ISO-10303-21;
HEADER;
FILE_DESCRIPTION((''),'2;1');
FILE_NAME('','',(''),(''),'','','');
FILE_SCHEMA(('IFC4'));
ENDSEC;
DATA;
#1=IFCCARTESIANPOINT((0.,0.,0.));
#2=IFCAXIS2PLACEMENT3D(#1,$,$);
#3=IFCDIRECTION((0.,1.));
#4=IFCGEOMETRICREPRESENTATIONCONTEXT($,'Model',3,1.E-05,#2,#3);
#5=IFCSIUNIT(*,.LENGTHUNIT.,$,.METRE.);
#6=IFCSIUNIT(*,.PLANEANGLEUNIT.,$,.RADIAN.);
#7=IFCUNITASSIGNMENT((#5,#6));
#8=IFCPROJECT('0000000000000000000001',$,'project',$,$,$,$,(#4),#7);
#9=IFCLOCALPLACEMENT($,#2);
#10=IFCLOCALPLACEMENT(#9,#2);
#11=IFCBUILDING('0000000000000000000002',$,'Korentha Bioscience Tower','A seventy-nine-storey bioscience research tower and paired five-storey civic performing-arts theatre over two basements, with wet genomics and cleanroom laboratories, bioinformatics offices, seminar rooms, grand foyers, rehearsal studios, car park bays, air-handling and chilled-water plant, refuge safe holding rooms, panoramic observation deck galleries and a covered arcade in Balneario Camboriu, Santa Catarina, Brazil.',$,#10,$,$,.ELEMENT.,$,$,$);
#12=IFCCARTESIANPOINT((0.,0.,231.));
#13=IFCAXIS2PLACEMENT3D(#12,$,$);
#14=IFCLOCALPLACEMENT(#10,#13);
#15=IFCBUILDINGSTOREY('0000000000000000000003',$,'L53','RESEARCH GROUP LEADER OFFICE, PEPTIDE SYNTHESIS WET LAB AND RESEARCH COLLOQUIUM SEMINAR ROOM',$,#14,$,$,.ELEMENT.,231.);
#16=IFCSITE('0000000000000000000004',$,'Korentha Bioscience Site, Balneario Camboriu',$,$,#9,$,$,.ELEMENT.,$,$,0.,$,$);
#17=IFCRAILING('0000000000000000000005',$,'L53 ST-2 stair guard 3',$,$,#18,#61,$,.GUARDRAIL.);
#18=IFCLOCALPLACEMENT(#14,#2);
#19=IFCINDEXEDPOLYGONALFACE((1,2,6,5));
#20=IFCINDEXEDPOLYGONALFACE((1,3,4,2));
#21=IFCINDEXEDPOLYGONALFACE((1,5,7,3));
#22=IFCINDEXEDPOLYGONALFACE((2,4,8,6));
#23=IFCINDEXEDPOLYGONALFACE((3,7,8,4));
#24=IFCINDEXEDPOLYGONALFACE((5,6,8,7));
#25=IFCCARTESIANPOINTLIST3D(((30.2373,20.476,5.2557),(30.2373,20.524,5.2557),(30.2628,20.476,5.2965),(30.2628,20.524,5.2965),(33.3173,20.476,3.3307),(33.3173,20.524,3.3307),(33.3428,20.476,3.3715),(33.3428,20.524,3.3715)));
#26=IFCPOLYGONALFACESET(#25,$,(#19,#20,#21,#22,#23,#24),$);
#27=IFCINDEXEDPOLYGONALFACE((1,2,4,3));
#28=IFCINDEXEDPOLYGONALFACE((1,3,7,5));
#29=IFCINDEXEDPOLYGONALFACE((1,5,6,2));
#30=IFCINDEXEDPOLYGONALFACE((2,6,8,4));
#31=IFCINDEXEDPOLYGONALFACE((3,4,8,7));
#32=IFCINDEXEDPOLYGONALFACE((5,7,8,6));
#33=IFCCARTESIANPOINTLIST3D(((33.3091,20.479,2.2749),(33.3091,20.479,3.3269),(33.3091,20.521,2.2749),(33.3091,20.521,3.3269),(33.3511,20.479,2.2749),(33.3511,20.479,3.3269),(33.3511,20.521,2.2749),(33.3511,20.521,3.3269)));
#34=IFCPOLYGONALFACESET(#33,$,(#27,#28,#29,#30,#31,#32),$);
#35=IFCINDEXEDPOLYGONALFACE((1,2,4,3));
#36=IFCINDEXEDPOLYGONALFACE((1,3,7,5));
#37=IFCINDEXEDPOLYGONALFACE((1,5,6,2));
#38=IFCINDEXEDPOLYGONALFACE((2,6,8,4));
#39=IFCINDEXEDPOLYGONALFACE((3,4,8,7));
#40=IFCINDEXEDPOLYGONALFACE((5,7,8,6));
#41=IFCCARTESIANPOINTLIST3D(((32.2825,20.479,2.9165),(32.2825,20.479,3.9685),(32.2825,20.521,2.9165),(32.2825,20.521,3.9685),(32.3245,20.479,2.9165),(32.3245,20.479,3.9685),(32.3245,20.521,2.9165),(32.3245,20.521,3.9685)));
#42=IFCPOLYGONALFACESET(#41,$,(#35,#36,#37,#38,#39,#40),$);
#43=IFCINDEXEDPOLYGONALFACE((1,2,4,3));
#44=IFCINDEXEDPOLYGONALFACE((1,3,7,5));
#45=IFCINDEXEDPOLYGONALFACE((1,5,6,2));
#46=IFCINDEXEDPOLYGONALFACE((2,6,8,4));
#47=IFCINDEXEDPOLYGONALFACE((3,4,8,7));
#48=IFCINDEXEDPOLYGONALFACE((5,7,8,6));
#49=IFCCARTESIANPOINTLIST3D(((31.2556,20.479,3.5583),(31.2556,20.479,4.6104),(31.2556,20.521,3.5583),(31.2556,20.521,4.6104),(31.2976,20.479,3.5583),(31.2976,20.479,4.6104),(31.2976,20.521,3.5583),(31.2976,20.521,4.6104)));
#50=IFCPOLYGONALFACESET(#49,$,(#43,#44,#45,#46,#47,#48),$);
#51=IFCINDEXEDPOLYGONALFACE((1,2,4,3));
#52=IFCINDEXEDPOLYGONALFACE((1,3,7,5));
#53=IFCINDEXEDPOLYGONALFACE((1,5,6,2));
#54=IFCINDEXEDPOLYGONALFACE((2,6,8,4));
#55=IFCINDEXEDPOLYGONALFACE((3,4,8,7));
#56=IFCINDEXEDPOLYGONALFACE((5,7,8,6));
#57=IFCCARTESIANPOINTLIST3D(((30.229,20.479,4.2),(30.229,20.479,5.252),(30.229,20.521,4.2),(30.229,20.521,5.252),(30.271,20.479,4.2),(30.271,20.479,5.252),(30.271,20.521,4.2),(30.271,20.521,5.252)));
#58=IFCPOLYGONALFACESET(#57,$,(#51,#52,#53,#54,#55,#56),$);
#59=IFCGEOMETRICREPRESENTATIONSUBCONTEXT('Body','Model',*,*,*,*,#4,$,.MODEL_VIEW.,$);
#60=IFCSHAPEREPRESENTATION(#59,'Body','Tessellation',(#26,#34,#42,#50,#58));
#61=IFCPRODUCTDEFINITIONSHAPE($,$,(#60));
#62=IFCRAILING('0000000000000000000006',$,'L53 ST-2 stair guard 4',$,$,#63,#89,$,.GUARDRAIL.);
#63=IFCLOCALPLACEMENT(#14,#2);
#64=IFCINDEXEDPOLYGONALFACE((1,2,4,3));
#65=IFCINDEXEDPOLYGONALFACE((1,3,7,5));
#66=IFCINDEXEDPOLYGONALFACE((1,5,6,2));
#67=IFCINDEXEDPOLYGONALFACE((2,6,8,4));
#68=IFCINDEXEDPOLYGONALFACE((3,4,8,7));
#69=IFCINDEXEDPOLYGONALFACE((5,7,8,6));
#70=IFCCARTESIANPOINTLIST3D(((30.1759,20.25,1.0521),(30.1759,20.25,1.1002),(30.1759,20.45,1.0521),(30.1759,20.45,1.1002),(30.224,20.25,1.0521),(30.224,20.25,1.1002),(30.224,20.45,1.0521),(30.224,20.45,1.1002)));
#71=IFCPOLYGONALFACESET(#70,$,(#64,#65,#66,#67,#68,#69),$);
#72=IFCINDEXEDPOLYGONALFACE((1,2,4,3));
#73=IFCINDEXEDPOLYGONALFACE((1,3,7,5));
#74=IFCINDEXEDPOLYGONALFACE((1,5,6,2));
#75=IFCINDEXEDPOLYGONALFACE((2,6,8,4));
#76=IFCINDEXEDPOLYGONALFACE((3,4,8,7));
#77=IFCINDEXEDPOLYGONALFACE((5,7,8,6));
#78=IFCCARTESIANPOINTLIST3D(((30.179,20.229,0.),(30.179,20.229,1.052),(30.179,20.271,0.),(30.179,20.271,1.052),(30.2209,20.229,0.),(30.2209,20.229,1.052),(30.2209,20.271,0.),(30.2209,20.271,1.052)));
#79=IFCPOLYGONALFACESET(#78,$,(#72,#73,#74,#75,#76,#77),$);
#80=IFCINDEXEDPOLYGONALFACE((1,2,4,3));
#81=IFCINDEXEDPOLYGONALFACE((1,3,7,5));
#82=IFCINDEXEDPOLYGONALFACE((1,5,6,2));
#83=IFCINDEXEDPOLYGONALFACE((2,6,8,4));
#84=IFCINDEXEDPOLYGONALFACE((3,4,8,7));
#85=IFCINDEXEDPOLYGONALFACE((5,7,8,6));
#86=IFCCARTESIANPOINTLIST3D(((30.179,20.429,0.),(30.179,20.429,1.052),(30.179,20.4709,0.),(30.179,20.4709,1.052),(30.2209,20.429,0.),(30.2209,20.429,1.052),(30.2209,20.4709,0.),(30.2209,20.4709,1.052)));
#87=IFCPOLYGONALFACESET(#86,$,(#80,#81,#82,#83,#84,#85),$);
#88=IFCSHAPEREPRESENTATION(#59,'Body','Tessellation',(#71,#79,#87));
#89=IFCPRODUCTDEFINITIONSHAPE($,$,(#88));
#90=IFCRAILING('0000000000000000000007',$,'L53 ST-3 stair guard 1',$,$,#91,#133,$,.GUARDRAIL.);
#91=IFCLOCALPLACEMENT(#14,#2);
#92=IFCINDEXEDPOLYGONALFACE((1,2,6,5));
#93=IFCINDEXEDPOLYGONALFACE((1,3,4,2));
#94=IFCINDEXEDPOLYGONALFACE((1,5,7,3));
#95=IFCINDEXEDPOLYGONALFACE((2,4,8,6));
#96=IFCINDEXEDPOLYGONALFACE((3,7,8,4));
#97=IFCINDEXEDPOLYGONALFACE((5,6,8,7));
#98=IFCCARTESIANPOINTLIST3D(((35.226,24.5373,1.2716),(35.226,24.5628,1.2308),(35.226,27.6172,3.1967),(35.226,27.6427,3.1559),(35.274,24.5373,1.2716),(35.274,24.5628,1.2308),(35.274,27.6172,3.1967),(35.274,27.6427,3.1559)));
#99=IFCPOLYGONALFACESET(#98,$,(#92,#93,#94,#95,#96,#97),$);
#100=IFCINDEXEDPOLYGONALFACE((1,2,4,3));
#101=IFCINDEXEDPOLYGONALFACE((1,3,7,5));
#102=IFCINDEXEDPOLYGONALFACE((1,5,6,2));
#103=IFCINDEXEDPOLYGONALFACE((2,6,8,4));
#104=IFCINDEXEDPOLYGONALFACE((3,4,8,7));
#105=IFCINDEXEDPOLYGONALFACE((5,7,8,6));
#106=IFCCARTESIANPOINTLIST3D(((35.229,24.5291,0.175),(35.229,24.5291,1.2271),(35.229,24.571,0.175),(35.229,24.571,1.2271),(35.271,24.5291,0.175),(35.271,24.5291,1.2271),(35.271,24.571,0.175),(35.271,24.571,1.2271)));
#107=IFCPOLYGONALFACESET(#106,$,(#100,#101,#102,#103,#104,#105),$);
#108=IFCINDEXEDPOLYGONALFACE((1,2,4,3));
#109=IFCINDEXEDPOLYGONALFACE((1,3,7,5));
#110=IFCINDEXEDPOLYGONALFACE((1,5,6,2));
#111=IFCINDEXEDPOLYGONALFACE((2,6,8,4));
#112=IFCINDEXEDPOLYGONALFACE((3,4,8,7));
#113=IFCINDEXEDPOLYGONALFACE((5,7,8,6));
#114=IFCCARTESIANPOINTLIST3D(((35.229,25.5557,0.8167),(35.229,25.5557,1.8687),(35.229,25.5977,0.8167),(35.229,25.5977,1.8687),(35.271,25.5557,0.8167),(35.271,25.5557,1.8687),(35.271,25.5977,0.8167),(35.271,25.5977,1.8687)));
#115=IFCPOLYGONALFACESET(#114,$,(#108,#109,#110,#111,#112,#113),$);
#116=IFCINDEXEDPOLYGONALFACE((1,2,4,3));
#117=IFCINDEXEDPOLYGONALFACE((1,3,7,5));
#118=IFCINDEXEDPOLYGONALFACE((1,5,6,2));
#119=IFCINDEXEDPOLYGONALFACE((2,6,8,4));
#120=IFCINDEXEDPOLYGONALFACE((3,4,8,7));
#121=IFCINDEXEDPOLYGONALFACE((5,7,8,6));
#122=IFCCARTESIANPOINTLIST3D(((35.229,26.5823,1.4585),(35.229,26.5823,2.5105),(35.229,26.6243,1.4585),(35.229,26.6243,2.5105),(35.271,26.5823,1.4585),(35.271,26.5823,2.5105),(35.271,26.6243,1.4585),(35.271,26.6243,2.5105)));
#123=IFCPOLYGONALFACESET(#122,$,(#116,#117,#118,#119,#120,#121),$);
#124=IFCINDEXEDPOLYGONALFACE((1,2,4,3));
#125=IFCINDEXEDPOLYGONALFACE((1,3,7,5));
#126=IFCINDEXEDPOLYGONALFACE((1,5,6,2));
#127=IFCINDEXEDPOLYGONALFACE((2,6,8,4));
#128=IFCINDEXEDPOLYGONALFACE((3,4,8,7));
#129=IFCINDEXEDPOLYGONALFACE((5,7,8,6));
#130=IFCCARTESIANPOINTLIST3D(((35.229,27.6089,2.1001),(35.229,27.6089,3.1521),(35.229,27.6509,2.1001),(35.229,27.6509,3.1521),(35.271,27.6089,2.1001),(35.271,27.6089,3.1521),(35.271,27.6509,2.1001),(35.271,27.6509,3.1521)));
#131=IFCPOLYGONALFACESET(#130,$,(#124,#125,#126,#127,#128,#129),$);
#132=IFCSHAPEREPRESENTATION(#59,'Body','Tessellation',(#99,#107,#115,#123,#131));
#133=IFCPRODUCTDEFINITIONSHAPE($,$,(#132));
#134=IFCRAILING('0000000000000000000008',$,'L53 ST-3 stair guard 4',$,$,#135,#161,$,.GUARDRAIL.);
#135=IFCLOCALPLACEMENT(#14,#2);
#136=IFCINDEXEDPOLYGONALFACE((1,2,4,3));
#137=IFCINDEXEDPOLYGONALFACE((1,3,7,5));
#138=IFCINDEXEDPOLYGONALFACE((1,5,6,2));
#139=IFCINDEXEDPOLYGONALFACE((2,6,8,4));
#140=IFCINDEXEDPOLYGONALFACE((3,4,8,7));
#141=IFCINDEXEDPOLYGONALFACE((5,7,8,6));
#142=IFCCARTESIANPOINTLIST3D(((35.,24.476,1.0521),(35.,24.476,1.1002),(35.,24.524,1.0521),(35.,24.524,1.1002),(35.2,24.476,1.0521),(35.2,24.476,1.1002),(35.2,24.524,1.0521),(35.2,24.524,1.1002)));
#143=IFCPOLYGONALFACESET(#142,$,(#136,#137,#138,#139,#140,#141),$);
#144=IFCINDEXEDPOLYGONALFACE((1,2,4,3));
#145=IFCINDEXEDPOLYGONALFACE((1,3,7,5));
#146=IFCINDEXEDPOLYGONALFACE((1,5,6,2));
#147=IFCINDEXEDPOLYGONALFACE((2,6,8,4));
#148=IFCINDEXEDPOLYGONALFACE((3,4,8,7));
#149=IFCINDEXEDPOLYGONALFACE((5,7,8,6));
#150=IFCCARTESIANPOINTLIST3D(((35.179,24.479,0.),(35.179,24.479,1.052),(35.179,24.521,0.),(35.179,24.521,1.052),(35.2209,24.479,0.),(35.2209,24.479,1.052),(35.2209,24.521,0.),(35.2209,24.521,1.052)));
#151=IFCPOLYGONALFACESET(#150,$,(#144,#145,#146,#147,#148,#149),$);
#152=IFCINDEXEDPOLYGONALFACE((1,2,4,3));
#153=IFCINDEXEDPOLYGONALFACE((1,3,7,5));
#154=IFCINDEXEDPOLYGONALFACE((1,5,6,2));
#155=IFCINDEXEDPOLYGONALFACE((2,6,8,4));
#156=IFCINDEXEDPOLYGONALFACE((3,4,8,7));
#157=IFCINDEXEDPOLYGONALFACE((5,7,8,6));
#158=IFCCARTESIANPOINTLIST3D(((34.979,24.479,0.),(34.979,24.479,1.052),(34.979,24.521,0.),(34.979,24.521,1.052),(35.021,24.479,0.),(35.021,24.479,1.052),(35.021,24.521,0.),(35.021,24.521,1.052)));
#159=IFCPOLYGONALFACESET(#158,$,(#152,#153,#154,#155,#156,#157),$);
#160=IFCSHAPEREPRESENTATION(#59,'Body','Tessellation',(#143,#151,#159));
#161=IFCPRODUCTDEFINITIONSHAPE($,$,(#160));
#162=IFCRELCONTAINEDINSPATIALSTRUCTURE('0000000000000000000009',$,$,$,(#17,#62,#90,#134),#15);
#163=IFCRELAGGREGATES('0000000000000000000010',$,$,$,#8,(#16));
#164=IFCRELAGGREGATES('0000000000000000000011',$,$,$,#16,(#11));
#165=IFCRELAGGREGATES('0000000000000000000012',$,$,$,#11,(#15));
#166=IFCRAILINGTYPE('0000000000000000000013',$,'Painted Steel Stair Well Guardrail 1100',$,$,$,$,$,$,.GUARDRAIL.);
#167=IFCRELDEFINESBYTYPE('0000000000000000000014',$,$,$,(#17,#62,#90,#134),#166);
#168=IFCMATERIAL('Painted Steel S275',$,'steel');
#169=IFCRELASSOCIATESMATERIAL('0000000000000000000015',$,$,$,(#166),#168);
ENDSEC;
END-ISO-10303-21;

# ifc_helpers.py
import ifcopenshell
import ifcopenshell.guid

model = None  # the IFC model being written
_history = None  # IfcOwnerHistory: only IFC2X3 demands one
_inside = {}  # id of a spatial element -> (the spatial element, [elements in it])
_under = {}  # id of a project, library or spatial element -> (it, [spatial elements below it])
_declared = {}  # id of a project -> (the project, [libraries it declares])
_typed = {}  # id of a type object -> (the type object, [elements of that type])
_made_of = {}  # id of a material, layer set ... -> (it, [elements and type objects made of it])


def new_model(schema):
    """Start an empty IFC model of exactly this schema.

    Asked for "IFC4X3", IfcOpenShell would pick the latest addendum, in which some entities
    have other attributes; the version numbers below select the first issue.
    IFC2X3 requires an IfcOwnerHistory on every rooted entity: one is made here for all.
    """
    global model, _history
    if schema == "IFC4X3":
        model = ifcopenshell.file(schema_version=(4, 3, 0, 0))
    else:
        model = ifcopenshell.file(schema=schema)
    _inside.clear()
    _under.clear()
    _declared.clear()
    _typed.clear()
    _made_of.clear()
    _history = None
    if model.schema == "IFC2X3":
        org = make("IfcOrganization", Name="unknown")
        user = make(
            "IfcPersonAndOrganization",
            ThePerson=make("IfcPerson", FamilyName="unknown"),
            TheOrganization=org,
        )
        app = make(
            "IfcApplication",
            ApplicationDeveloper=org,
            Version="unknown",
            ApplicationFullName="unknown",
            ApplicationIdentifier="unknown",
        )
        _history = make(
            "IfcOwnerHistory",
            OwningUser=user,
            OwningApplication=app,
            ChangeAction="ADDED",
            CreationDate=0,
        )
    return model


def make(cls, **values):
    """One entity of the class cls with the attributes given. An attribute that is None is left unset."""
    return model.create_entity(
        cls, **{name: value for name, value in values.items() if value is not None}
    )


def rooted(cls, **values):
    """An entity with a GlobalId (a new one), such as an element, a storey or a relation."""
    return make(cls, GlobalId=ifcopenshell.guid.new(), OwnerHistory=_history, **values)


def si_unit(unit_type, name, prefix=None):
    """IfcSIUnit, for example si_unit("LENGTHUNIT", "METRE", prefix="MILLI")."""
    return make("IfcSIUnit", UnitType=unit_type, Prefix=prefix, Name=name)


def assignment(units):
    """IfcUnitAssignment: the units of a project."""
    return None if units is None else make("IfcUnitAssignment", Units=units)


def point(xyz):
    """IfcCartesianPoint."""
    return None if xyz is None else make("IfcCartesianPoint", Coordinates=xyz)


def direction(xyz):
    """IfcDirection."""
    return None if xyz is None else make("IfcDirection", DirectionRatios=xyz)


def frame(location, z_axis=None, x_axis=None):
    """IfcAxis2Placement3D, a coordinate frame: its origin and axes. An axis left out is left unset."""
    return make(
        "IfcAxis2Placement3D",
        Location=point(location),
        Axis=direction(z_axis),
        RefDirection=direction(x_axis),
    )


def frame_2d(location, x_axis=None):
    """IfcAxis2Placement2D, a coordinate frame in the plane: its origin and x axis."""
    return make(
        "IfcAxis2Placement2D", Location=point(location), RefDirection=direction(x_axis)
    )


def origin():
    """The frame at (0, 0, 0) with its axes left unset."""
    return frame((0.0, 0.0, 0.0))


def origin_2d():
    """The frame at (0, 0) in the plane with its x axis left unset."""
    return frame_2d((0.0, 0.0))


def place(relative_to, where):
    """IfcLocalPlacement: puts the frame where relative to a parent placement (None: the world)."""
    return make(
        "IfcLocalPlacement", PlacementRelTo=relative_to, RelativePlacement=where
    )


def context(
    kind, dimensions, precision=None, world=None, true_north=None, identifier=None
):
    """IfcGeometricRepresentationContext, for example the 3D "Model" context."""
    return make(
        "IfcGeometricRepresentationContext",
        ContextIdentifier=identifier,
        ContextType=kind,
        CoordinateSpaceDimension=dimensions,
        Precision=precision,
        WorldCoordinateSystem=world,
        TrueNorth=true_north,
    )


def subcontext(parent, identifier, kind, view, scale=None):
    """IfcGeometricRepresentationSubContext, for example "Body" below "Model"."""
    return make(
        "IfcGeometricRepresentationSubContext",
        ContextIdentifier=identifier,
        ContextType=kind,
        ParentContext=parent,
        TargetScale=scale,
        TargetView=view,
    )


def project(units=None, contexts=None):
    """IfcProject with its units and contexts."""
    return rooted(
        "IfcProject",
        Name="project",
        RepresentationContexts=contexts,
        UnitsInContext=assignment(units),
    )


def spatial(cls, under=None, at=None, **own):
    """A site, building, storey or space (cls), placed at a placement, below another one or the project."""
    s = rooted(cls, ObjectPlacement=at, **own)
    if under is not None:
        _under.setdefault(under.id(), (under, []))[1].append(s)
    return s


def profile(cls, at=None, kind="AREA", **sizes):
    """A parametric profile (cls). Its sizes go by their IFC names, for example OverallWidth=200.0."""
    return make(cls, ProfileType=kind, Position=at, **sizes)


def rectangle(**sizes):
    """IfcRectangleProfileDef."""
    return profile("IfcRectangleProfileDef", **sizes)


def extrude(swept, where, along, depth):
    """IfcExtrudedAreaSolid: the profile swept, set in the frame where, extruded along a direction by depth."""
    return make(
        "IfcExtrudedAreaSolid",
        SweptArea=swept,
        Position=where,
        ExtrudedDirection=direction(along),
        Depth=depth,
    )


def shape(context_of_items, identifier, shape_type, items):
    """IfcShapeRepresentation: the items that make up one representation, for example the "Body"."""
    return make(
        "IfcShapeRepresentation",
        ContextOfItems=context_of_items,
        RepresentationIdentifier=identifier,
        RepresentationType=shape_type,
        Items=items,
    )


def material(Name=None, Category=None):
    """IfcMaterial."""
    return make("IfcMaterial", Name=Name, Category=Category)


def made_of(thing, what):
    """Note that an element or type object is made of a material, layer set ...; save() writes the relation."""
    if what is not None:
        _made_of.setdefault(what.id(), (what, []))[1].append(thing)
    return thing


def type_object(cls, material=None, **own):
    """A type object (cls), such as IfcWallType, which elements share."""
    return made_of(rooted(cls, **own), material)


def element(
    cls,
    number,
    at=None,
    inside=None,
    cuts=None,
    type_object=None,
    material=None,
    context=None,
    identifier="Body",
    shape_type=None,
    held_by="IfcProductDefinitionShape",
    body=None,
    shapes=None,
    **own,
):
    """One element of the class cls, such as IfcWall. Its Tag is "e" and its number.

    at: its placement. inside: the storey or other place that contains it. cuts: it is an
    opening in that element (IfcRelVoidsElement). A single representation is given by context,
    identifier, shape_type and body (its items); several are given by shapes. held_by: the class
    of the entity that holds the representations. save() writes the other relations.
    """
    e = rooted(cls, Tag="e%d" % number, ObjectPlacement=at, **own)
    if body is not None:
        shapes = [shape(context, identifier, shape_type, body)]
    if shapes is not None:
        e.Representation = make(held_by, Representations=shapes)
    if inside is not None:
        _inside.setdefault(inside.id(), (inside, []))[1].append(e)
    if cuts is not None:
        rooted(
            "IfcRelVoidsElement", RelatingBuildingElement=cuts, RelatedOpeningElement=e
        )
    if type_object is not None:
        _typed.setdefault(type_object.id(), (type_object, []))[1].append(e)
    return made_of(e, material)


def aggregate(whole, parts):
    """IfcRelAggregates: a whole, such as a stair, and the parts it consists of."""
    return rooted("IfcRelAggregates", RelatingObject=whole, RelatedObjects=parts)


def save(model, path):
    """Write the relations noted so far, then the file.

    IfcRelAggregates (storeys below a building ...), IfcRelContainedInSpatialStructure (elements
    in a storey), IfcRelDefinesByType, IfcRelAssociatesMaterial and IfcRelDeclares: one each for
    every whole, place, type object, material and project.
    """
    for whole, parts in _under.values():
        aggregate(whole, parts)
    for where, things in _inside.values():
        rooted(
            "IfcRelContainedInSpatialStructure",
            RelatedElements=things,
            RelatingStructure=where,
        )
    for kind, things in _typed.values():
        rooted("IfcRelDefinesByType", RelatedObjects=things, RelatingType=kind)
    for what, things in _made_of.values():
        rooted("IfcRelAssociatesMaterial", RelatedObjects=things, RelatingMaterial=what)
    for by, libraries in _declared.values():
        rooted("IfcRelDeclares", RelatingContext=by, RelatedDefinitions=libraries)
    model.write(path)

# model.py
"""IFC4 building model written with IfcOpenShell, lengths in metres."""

from ifc_helpers import new_model, si_unit, direction, frame, origin, origin_2d, place, context, subcontext, project, spatial, rectangle, extrude, material, type_object, element, save


model = new_model("IFC4")

# Units and contexts
model_context = context("Model", 3, precision=1e-05, world=origin(), true_north=direction((0.0, 1.0)))
body_context = subcontext(model_context, "Body", "Model", "MODEL_VIEW")
ifc_project = project(units=[si_unit("LENGTHUNIT", "METRE"), si_unit("PLANEANGLEUNIT", "RADIAN")], contexts=[model_context])

# Site, building, storey
site_placement = place(None, origin())
site = spatial("IfcSite", under=ifc_project, at=site_placement, Name="Korentha Bioscience Site, Balneario Camboriu", CompositionType="ELEMENT", RefElevation=0.0)
building_placement = place(site_placement, origin())
building = spatial("IfcBuilding", under=site, at=building_placement, Name="Korentha Bioscience Tower", Description="A seventy-nine-storey bioscience research tower and paired five-storey civic performing-arts theatre over two basements, with wet genomics and cleanroom laboratories, bioinformatics offices, seminar rooms, grand foyers, rehearsal studios, car park bays, air-handling and chilled-water plant, refuge safe holding rooms, panoramic observation deck galleries and a covered arcade in Balneario Camboriu, Santa Catarina, Brazil.", CompositionType="ELEMENT")
storey_placement = place(building_placement, frame((0.0, 0.0, 231.0)))
storey = spatial("IfcBuildingStorey", under=building, at=storey_placement, Name="L53", Description="RESEARCH GROUP LEADER OFFICE, PEPTIDE SYNTHESIS WET LAB AND RESEARCH COLLOQUIUM SEMINAR ROOM", CompositionType="ELEMENT", Elevation=231.0)

# Railings
ifc_material_1 = material(Name="Painted Steel S275", Category="steel")
railing_type_1 = type_object("IfcRailingType", Name="Painted Steel Stair Well Guardrail 1100", PredefinedType="GUARDRAIL", material=ifc_material_1)
railing_1_placement = place(storey_placement, frame((33.3301, 20.5, 2.2749)))
element("IfcRailing", 1, at=railing_1_placement, inside=storey, type_object=railing_type_1, Name="L53 ST-2 stair guard 3", PredefinedType="GUARDRAIL", context=body_context, shape_type="SweptSolid", body=[
    extrude(rectangle(XDim=0.0481, YDim=0.0481, at=origin_2d()), frame((0.0, 0.0, 1.0762), z_axis=(-0.847998, 0.0, 0.529999), x_axis=(0.0, -1.0, 0.0)), (0.0, 0.0, 1.0), 3.6321),
    extrude(rectangle(XDim=0.042, YDim=0.042, at=origin_2d()), origin(), (0.0, 0.0, 1.0), 1.052),
    extrude(rectangle(XDim=0.042, YDim=0.042, at=origin_2d()), frame((-1.0266, 0.0, 0.6416)), (0.0, 0.0, 1.0), 1.052),
    extrude(rectangle(XDim=0.042, YDim=0.042, at=origin_2d()), frame((-2.0535, 0.0, 1.2834)), (0.0, 0.0, 1.0), 1.052),
    extrude(rectangle(XDim=0.042, YDim=0.042, at=origin_2d()), frame((-3.0801, 0.0, 1.925)), (0.0, 0.0, 1.0), 1.052),
])
railing_2_placement = place(storey_placement, frame((30.2, 20.25, 0.0)))
element("IfcRailing", 2, at=railing_2_placement, inside=storey, type_object=railing_type_1, Name="L53 ST-2 stair guard 4", PredefinedType="GUARDRAIL", context=body_context, shape_type="SweptSolid", body=[
    extrude(rectangle(XDim=0.0481, YDim=0.0481, at=origin_2d()), frame((0.0, 0.0, 1.0762), z_axis=(0.0, 1.0, 0.0), x_axis=(-1.0, 0.0, 0.0)), (0.0, 0.0, 1.0), 0.2),
    extrude(rectangle(XDim=0.042, YDim=0.042, at=origin_2d()), origin(), (0.0, 0.0, 1.0), 1.052),
    extrude(rectangle(XDim=0.042, YDim=0.042, at=origin_2d()), frame((0.0, 0.2, 0.0)), (0.0, 0.0, 1.0), 1.052),
])
railing_3_placement = place(storey_placement, frame((35.25, 24.55, 0.175)))
element("IfcRailing", 3, at=railing_3_placement, inside=storey, type_object=railing_type_1, Name="L53 ST-3 stair guard 1", PredefinedType="GUARDRAIL", context=body_context, shape_type="SweptSolid", body=[
    extrude(rectangle(XDim=0.0481, YDim=0.0481, at=origin_2d()), frame((0.0, 0.0, 1.0762), z_axis=(0.0, 0.847979, 0.530029), x_axis=(-1.0, 0.0, 0.0)), (0.0, 0.0, 1.0), 3.6321),
    extrude(rectangle(XDim=0.042, YDim=0.042, at=origin_2d()), origin(), (0.0, 0.0, 1.0), 1.052),
    extrude(rectangle(XDim=0.042, YDim=0.042, at=origin_2d()), frame((0.0, 1.0266, 0.6416)), (0.0, 0.0, 1.0), 1.052),
    extrude(rectangle(XDim=0.042, YDim=0.042, at=origin_2d()), frame((0.0, 2.0532, 1.2834)), (0.0, 0.0, 1.0), 1.052),
    extrude(rectangle(XDim=0.042, YDim=0.042, at=origin_2d()), frame((0.0, 3.0798, 1.925)), (0.0, 0.0, 1.0), 1.052),
])
railing_4_placement = place(storey_placement, frame((35.2, 24.5, 0.0)))
element("IfcRailing", 4, at=railing_4_placement, inside=storey, type_object=railing_type_1, Name="L53 ST-3 stair guard 4", PredefinedType="GUARDRAIL", context=body_context, shape_type="SweptSolid", body=[
    extrude(rectangle(XDim=0.0481, YDim=0.0481, at=origin_2d()), frame((0.0, 0.0, 1.0762), z_axis=(-1.0, 0.0, 0.0), x_axis=(0.0, -1.0, 0.0)), (0.0, 0.0, 1.0), 0.2),
    extrude(rectangle(XDim=0.042, YDim=0.042, at=origin_2d()), origin(), (0.0, 0.0, 1.0), 1.052),
    extrude(rectangle(XDim=0.042, YDim=0.042, at=origin_2d()), frame((-0.2, 0.0, 0.0)), (0.0, 0.0, 1.0), 1.052),
])

save(model, "model.ifc")
